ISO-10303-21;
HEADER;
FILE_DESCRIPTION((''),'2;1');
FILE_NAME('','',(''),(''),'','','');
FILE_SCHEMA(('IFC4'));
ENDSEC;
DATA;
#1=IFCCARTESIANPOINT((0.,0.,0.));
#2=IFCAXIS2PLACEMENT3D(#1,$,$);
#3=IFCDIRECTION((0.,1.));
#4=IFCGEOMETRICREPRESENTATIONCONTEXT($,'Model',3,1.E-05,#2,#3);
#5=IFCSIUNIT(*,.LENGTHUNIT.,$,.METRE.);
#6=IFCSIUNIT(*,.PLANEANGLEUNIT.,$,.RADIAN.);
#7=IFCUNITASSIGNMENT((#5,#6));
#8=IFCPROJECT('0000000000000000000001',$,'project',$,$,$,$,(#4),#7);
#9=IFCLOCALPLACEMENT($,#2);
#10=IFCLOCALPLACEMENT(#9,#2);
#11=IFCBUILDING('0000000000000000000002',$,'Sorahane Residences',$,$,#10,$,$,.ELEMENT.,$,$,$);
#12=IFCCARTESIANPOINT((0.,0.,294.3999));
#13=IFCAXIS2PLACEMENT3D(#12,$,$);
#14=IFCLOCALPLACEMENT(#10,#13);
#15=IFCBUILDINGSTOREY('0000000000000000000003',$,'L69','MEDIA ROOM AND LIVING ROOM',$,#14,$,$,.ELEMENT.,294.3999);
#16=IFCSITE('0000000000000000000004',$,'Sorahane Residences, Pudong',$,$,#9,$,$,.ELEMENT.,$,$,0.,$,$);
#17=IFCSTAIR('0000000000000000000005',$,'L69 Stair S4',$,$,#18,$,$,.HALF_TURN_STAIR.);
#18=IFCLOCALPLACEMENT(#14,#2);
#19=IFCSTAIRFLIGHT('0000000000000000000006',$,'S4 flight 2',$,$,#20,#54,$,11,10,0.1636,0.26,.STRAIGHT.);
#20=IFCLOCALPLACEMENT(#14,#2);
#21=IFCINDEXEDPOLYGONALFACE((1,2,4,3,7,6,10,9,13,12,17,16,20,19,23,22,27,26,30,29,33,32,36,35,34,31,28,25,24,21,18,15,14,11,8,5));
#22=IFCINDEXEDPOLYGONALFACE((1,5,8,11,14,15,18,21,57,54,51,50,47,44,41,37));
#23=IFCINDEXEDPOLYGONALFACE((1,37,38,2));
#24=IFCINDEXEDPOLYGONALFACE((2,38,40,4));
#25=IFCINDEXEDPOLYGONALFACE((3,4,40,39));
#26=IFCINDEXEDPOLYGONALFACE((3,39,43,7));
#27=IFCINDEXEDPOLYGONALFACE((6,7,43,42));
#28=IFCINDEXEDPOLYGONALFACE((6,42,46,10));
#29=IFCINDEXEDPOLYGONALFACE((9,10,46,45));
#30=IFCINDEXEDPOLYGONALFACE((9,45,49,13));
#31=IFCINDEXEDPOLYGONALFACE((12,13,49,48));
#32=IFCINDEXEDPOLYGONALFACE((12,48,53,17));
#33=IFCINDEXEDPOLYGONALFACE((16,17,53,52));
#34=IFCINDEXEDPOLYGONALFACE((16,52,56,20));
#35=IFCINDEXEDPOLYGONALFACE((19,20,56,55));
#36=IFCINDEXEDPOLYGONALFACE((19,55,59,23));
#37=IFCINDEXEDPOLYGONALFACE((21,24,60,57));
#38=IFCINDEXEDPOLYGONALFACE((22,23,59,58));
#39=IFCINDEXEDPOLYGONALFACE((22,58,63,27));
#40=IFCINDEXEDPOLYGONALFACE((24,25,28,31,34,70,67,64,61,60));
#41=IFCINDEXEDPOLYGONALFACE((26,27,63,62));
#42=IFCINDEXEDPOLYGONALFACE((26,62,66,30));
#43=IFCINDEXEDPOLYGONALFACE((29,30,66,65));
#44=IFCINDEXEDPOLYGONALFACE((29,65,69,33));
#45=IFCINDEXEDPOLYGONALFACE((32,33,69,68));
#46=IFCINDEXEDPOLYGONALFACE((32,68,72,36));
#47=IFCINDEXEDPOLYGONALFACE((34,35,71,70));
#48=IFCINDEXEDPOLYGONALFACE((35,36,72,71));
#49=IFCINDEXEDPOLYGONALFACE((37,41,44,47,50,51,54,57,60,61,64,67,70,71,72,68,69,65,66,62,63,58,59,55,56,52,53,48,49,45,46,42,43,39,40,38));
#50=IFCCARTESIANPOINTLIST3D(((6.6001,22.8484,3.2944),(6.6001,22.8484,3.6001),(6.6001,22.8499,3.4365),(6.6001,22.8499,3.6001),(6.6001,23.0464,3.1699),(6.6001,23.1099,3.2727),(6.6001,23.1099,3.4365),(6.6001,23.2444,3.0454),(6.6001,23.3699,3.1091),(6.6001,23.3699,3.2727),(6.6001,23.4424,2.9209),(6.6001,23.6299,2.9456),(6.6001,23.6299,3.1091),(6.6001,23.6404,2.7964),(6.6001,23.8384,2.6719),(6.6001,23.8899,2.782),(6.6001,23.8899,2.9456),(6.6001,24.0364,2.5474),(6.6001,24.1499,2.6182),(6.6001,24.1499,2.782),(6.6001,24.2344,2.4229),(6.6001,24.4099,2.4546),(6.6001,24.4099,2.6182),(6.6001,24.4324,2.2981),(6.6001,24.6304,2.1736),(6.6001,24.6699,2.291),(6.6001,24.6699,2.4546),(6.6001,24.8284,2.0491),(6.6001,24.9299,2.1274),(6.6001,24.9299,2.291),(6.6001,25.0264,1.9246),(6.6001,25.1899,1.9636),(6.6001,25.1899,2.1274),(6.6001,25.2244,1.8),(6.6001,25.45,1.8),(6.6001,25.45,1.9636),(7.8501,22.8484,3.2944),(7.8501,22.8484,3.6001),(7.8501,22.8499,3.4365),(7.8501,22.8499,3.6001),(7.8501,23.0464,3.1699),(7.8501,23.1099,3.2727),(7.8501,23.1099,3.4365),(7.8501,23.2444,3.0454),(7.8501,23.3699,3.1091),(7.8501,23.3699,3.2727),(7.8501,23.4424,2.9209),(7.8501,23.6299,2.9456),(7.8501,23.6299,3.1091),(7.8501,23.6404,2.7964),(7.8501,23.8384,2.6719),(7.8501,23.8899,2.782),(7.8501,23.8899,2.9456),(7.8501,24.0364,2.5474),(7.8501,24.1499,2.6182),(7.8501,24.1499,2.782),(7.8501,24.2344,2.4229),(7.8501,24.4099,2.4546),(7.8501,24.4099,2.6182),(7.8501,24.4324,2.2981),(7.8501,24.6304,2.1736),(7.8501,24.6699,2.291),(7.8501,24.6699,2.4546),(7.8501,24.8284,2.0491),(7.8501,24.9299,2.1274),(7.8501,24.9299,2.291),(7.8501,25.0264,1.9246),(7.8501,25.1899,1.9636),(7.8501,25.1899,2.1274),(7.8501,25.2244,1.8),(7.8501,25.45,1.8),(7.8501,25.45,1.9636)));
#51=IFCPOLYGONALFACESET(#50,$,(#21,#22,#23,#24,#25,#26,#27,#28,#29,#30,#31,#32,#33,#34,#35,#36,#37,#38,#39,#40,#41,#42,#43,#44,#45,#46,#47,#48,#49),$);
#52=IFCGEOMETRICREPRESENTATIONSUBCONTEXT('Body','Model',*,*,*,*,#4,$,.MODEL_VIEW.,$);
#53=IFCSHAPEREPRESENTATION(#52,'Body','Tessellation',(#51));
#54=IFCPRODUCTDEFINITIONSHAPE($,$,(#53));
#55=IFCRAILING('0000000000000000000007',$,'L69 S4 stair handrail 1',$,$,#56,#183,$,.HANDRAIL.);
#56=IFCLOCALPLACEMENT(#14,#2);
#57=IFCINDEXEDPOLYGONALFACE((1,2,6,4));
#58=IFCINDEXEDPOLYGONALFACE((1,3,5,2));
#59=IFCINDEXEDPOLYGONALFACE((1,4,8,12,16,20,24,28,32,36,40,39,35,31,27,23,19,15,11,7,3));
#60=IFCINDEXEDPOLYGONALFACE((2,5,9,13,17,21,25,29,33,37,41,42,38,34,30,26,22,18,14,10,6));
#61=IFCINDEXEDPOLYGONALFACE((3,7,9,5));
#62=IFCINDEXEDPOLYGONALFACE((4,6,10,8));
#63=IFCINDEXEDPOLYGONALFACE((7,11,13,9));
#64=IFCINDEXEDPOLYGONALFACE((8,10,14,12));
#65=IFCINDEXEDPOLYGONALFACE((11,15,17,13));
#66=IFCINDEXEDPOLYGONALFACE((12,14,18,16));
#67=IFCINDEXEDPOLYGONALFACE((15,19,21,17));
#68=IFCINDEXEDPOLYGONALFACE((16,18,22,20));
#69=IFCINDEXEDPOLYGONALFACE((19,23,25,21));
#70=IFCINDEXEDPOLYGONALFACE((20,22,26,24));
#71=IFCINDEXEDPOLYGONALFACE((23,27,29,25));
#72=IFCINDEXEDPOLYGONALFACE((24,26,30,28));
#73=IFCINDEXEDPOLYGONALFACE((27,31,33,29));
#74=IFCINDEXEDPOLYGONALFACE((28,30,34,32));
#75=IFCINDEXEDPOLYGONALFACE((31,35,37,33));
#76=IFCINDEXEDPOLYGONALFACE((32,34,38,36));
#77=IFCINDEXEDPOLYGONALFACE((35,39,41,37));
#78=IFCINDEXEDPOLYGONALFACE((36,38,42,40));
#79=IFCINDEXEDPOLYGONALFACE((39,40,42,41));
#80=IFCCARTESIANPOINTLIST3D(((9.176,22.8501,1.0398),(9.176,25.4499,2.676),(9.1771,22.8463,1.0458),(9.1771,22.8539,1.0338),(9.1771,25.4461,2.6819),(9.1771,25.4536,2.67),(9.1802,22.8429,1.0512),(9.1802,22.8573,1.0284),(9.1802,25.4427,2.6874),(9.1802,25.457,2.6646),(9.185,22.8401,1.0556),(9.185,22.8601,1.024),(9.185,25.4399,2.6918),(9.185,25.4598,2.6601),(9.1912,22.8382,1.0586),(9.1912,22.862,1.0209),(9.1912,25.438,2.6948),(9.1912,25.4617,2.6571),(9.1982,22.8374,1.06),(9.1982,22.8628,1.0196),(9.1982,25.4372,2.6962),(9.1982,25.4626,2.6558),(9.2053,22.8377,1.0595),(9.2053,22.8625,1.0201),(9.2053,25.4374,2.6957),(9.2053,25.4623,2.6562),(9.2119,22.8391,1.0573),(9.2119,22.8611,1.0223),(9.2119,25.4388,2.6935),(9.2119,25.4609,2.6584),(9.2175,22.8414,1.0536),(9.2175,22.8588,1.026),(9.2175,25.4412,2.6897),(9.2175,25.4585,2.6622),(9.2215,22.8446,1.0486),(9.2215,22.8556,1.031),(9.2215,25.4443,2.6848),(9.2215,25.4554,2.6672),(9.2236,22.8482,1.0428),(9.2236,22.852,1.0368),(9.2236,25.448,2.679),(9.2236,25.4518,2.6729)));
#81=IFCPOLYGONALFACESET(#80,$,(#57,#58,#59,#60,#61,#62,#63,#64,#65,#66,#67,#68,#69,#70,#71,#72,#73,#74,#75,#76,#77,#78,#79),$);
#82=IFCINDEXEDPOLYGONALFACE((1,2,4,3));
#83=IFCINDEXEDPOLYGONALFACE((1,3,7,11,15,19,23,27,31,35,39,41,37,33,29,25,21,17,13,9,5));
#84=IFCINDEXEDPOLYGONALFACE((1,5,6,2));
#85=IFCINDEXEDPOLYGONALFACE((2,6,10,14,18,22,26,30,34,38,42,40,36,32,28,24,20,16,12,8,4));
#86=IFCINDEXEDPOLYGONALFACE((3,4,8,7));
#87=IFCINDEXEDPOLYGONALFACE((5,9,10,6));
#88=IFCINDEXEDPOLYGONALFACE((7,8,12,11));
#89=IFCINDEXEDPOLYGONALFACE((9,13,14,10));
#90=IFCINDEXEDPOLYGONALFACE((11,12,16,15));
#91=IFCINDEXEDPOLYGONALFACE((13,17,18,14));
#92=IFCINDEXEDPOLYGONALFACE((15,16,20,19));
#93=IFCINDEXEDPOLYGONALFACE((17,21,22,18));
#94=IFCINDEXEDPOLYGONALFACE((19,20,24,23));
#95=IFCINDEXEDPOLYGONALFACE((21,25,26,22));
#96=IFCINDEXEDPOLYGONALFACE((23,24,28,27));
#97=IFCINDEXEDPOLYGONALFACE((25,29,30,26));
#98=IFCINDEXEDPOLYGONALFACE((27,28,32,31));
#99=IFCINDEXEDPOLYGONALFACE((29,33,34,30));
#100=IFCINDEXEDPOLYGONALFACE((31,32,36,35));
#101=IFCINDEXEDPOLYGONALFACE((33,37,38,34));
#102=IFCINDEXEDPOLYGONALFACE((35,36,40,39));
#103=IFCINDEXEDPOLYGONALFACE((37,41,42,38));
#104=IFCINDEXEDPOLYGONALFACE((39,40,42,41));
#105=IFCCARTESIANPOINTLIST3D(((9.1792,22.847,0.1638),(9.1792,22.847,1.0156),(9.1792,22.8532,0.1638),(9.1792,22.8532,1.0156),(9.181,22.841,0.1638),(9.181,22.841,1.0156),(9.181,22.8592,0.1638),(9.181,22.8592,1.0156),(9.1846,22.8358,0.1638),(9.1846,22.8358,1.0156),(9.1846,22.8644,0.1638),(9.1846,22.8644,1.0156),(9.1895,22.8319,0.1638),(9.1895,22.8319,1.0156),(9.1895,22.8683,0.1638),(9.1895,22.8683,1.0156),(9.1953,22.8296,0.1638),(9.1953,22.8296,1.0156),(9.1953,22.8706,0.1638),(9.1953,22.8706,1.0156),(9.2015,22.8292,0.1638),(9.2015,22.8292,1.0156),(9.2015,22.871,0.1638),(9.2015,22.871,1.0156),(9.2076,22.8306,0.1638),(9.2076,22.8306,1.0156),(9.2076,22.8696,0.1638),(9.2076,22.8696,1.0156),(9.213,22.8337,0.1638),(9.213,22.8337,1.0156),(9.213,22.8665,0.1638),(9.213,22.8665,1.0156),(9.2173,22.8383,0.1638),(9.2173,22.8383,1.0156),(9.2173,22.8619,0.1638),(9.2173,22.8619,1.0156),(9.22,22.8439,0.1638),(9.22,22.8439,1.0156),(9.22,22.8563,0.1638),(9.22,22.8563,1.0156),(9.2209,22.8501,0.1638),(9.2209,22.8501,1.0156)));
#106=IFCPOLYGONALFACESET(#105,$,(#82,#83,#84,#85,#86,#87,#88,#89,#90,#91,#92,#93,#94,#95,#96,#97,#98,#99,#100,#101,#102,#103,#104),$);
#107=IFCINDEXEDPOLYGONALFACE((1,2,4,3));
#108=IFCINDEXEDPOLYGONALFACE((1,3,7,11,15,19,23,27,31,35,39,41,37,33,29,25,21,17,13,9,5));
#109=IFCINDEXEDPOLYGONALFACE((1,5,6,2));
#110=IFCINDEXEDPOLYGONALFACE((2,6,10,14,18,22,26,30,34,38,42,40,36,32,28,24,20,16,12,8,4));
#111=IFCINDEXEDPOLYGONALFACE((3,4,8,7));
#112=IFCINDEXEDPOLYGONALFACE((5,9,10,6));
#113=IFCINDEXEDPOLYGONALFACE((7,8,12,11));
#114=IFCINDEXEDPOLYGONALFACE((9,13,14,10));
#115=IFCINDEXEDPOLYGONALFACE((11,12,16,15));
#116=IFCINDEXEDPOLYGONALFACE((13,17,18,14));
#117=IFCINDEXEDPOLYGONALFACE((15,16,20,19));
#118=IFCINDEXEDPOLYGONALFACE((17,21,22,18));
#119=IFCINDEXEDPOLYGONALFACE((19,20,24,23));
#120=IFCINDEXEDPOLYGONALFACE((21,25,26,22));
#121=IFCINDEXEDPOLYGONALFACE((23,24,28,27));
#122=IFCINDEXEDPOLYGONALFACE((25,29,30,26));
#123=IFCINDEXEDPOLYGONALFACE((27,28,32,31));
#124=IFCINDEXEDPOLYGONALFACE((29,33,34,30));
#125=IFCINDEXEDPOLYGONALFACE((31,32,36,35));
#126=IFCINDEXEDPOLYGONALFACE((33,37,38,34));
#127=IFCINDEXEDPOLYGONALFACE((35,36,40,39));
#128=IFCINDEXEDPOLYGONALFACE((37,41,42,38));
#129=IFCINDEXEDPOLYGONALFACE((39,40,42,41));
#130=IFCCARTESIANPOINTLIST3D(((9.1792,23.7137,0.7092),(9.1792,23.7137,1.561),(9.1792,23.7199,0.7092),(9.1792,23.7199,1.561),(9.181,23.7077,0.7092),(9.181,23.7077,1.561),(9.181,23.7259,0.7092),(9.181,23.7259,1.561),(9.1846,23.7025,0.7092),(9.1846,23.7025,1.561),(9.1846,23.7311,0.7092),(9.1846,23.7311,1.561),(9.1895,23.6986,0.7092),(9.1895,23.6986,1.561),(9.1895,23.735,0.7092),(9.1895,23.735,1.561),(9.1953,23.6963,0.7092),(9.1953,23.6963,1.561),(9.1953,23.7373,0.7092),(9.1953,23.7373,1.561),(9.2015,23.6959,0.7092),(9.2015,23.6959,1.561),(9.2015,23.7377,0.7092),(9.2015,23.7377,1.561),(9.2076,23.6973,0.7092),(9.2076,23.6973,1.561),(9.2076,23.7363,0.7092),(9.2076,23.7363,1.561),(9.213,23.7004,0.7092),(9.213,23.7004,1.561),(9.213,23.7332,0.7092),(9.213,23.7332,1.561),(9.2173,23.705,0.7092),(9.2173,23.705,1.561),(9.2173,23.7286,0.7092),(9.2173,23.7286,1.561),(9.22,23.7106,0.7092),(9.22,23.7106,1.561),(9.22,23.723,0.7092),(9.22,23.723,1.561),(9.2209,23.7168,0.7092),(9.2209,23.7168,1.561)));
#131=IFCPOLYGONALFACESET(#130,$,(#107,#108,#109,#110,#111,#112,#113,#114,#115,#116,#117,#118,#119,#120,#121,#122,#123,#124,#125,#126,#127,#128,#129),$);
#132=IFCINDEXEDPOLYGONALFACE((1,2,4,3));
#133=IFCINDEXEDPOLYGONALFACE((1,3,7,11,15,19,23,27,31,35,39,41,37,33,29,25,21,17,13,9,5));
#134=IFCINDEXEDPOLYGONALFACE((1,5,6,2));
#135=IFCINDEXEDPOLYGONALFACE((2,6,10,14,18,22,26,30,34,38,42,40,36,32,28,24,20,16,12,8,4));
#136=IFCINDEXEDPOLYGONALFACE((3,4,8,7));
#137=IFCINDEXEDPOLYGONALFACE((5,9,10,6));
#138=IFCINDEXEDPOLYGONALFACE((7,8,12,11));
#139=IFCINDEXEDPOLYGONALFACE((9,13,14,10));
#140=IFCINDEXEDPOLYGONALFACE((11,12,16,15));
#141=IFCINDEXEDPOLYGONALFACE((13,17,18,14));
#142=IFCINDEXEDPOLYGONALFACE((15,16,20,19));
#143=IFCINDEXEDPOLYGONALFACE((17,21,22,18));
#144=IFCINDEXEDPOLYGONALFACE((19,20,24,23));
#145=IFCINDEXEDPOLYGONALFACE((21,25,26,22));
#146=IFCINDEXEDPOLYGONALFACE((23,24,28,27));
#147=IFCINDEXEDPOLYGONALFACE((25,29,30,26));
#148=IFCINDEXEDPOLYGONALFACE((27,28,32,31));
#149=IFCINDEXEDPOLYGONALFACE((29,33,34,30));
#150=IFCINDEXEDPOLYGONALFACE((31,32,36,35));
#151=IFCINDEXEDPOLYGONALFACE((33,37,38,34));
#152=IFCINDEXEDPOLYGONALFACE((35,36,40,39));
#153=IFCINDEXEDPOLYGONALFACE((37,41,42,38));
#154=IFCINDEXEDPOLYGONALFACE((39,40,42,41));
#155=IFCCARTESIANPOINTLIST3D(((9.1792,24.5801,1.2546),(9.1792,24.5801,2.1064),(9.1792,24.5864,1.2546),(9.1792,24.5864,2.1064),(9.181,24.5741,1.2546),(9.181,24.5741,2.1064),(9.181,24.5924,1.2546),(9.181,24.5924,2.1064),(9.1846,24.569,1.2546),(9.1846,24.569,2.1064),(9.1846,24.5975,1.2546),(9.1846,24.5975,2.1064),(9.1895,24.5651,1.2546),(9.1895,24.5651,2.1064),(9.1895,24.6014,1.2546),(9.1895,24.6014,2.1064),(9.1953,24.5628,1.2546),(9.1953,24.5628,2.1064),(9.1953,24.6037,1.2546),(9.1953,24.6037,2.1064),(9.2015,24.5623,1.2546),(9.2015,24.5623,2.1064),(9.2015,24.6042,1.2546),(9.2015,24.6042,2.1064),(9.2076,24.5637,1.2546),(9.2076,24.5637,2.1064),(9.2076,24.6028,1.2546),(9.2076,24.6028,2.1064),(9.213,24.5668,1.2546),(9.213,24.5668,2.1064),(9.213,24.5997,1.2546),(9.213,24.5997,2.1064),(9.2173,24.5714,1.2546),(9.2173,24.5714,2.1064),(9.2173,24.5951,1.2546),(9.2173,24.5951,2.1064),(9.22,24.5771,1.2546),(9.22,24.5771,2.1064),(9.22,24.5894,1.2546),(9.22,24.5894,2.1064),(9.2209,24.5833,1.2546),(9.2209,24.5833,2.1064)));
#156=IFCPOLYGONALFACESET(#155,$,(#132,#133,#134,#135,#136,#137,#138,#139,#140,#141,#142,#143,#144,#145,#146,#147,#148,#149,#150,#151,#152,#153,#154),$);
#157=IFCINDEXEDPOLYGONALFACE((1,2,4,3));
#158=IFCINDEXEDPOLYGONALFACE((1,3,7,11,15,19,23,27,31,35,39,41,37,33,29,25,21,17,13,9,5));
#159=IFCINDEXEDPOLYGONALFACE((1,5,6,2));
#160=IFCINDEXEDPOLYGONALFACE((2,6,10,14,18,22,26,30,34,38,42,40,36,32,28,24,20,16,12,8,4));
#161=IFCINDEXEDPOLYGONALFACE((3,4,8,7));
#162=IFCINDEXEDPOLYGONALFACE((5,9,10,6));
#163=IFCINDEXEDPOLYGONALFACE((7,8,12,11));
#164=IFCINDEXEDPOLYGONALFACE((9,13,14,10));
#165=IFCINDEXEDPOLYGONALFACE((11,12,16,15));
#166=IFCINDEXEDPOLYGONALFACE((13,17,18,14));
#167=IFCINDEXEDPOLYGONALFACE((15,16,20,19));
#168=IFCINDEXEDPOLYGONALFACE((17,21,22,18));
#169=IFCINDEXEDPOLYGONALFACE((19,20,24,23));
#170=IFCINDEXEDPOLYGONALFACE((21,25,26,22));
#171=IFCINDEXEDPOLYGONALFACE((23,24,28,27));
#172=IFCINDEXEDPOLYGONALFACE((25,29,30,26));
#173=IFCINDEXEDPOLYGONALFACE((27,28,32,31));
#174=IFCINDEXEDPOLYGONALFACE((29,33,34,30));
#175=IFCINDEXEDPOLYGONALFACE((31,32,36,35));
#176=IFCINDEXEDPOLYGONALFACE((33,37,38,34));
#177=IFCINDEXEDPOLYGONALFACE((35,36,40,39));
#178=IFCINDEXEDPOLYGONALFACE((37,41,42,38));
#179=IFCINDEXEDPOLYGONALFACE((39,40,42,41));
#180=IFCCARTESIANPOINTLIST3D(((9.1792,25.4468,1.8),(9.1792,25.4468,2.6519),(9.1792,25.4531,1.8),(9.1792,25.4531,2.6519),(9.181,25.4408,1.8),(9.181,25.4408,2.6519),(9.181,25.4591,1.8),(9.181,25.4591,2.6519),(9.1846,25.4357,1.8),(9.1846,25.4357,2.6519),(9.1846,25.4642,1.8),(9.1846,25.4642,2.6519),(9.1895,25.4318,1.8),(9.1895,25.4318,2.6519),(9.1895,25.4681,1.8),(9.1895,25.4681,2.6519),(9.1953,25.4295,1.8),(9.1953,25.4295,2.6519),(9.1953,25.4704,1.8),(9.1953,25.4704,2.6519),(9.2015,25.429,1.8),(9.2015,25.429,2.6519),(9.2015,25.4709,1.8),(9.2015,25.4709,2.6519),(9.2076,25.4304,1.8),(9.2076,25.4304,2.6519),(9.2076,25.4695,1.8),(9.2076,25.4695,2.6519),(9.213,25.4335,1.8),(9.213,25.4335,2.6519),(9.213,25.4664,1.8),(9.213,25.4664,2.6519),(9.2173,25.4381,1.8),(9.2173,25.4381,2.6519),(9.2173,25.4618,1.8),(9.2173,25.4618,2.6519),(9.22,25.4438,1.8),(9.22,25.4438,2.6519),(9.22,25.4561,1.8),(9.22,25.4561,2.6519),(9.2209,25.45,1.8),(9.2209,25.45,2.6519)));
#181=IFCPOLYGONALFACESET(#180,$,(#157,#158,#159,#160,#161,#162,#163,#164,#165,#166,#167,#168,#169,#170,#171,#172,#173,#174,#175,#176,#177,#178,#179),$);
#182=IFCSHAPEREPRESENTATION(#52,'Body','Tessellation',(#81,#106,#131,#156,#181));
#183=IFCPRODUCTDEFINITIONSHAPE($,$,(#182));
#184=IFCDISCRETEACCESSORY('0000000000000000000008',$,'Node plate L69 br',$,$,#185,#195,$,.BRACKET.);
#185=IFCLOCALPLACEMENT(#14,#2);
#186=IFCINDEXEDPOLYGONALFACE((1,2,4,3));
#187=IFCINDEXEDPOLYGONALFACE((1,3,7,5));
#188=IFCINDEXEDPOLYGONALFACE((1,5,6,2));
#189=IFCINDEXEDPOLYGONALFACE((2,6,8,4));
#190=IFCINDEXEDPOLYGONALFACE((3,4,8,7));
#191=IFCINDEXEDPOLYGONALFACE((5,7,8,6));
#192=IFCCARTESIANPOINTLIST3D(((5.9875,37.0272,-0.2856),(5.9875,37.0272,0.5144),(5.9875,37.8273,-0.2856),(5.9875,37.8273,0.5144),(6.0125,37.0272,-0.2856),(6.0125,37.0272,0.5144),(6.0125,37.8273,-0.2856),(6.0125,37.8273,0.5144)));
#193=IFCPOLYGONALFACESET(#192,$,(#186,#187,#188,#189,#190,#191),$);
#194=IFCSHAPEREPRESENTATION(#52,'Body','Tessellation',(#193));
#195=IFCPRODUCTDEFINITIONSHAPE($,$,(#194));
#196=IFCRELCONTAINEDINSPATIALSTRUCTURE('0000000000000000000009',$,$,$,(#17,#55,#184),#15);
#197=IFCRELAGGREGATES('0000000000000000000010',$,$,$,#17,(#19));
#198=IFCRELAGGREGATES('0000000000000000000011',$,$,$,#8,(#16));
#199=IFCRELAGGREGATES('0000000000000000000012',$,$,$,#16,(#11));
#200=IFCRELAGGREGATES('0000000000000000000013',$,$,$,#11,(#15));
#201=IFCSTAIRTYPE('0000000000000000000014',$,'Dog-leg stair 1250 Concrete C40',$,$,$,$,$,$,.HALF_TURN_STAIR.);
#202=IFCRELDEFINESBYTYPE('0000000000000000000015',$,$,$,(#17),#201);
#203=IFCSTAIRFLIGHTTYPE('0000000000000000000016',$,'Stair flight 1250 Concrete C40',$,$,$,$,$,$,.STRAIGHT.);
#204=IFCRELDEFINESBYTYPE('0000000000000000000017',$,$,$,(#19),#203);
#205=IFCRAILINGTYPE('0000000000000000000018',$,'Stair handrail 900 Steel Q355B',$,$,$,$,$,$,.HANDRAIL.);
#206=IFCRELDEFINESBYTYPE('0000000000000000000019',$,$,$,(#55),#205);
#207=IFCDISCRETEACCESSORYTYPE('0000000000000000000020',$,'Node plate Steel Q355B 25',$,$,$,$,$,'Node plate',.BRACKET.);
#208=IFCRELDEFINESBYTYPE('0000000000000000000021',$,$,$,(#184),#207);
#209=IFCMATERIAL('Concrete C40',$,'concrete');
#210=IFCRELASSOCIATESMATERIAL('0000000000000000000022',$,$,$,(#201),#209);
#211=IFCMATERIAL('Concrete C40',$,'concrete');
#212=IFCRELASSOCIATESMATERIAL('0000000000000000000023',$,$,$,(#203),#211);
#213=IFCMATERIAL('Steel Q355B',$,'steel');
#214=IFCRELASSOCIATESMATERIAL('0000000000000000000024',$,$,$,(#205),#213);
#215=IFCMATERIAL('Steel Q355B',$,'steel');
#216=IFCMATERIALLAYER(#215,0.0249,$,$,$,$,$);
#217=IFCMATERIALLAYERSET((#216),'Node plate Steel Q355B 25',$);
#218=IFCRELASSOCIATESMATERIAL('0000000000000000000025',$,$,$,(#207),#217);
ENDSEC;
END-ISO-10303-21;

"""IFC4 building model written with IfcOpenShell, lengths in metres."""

from ifc_helpers import new_model, si_unit, direction, frame, origin, origin_2d, place, context, subcontext, project, spatial, polyline, rectangle, circle, outline, extrude, material, layer, layer_set, type_object, element, aggregate, save


model = new_model("IFC4")

# Units and contexts
model_context = context("Model", 3, precision=1e-05, world=origin(), true_north=direction((0.0, 1.0)))
body_context = subcontext(model_context, "Body", "Model", "MODEL_VIEW")
ifc_project = project(units=[si_unit("LENGTHUNIT", "METRE"), si_unit("PLANEANGLEUNIT", "RADIAN")], contexts=[model_context])

# Site, building, storey
site_placement = place(None, origin())
site = spatial("IfcSite", under=ifc_project, at=site_placement, Name="Sorahane Residences, Pudong", CompositionType="ELEMENT", RefElevation=0.0)
building_placement = place(site_placement, origin())
building = spatial("IfcBuilding", under=site, at=building_placement, Name="Sorahane Residences", CompositionType="ELEMENT")
storey_placement = place(building_placement, frame((0.0, 0.0, 294.3999)))
storey = spatial("IfcBuildingStorey", under=building, at=storey_placement, Name="L69", Description="MEDIA ROOM AND LIVING ROOM", CompositionType="ELEMENT", Elevation=294.3999)

# Stair, stair flight
ifc_material_1 = material(Name="Concrete C40", Category="concrete")
stair_type = type_object("IfcStairType", Name="Dog-leg stair 1250 Concrete C40", PredefinedType="HALF_TURN_STAIR", material=ifc_material_1)
stair_placement = place(storey_placement, origin())
stair = element("IfcStair", 1, at=stair_placement, inside=storey, type_object=stair_type, Name="L69 Stair S4", PredefinedType="HALF_TURN_STAIR")
ifc_material_2 = material(Name="Concrete C40", Category="concrete")
stair_flight_type = type_object("IfcStairFlightType", Name="Stair flight 1250 Concrete C40", PredefinedType="STRAIGHT", material=ifc_material_2)
stair_flight_1_placement = place(storey_placement, frame((7.2251, 25.45, 1.8), z_axis=(0.0, 0.0, 1.0), x_axis=(0.0, -1.0, 0.0)))
stair_flight_1 = element("IfcStairFlight", 2, at=stair_flight_1_placement, type_object=stair_flight_type, Name="S4 flight 2", NumberOfRisers=11, NumberOfTreads=10, PredefinedType="STRAIGHT", RiserHeight=0.1636, TreadLength=0.26, context=body_context, shape_type="SweptSolid", body=[
    extrude(outline(polyline([(0.0, 0.0), (0.0, 0.1636), (0.26, 0.1636), (0.26, 0.3274), (0.52, 0.3274), (0.52, 0.491), (0.78, 0.491), (0.78, 0.6545), (1.04, 0.6545), (1.04, 0.8181), (1.3, 0.8181), (1.3, 0.9819), (1.5601, 0.9819), (1.5601, 1.1455), (1.8201, 1.1455), (1.8201, 1.3091), (2.0801, 1.3091), (2.0801, 1.4727), (2.3401, 1.4727), (2.3401, 1.6365), (2.6001, 1.6365), (2.6001, 1.8), (2.6016, 1.8), (2.6016, 1.4944), (2.4036, 1.3699), (2.2056, 1.2454), (2.0076, 1.1208), (1.8096, 0.9963), (1.6116, 0.8718), (1.4136, 0.7473), (1.2156, 0.6228), (1.0176, 0.498), (0.8196, 0.3735), (0.6216, 0.249), (0.4236, 0.1245), (0.2256, 0.0), (0.0, 0.0)])), frame((0.0, 0.625, 0.0), z_axis=(0.0, -1.0, 0.0), x_axis=(1.0, 0.0, 0.0)), (0.0, 0.0, 1.0), 1.25),
])
aggregate(stair, [stair_flight_1])

# Railing
ifc_material_3 = material(Name="Steel Q355B", Category="steel")
railing_type_1 = type_object("IfcRailingType", Name="Stair handrail 900 Steel Q355B", PredefinedType="HANDRAIL", material=ifc_material_3)
railing_1_placement = place(storey_placement, frame((9.2, 22.8501, 0.1638)))
element("IfcRailing", 3, at=railing_1_placement, inside=storey, type_object=railing_type_1, Name="L69 S4 stair handrail 1", PredefinedType="HANDRAIL", context=body_context, shape_type="SweptSolid", body=[
    extrude(circle(Radius=0.0239, at=origin_2d()), frame((0.0, 0.0, 0.876), z_axis=(0.0, 0.846338, 0.532647), x_axis=(-1.0, 0.0, 0.0)), (0.0, 0.0, 1.0), 3.0718),
    extrude(circle(Radius=0.021, at=origin_2d()), origin(), (0.0, 0.0, 1.0), 0.8518),
    extrude(circle(Radius=0.021, at=origin_2d()), frame((0.0, 0.8667, 0.5454)), (0.0, 0.0, 1.0), 0.8518),
    extrude(circle(Radius=0.021, at=origin_2d()), frame((0.0, 1.7332, 1.0908)), (0.0, 0.0, 1.0), 0.8518),
    extrude(circle(Radius=0.021, at=origin_2d()), frame((0.0, 2.5999, 1.6362)), (0.0, 0.0, 1.0), 0.8518),
])

# Discrete accessory
ifc_material_4 = material(Name="Steel Q355B", Category="steel")
ifc_layer_1 = layer(ifc_material_4, 0.0249)
ifc_layer_set_1 = layer_set([ifc_layer_1], Name="Node plate Steel Q355B 25")
discrete_accessory_type = type_object("IfcDiscreteAccessoryType", Name="Node plate Steel Q355B 25", ElementType="Node plate", PredefinedType="BRACKET", material=ifc_layer_set_1)
for number, where, z_axis, x_axis, name in (
    (4, (6.0, 37.4272, -0.2856), (0.0, 0.0, 1.0), (0.0, 1.0, 0.0), "Node plate L69 br"),
):
    element("IfcDiscreteAccessory", number, at=place(storey_placement, frame(where, z_axis=z_axis, x_axis=x_axis)), inside=storey, type_object=discrete_accessory_type, Name=name, PredefinedType="BRACKET", context=body_context, shape_type="SweptSolid", body=[
        extrude(rectangle(XDim=0.8, YDim=0.0249, at=origin_2d()), origin(), (0.0, 0.0, 1.0), 0.8),
    ])

save(model, "model.ifc")
